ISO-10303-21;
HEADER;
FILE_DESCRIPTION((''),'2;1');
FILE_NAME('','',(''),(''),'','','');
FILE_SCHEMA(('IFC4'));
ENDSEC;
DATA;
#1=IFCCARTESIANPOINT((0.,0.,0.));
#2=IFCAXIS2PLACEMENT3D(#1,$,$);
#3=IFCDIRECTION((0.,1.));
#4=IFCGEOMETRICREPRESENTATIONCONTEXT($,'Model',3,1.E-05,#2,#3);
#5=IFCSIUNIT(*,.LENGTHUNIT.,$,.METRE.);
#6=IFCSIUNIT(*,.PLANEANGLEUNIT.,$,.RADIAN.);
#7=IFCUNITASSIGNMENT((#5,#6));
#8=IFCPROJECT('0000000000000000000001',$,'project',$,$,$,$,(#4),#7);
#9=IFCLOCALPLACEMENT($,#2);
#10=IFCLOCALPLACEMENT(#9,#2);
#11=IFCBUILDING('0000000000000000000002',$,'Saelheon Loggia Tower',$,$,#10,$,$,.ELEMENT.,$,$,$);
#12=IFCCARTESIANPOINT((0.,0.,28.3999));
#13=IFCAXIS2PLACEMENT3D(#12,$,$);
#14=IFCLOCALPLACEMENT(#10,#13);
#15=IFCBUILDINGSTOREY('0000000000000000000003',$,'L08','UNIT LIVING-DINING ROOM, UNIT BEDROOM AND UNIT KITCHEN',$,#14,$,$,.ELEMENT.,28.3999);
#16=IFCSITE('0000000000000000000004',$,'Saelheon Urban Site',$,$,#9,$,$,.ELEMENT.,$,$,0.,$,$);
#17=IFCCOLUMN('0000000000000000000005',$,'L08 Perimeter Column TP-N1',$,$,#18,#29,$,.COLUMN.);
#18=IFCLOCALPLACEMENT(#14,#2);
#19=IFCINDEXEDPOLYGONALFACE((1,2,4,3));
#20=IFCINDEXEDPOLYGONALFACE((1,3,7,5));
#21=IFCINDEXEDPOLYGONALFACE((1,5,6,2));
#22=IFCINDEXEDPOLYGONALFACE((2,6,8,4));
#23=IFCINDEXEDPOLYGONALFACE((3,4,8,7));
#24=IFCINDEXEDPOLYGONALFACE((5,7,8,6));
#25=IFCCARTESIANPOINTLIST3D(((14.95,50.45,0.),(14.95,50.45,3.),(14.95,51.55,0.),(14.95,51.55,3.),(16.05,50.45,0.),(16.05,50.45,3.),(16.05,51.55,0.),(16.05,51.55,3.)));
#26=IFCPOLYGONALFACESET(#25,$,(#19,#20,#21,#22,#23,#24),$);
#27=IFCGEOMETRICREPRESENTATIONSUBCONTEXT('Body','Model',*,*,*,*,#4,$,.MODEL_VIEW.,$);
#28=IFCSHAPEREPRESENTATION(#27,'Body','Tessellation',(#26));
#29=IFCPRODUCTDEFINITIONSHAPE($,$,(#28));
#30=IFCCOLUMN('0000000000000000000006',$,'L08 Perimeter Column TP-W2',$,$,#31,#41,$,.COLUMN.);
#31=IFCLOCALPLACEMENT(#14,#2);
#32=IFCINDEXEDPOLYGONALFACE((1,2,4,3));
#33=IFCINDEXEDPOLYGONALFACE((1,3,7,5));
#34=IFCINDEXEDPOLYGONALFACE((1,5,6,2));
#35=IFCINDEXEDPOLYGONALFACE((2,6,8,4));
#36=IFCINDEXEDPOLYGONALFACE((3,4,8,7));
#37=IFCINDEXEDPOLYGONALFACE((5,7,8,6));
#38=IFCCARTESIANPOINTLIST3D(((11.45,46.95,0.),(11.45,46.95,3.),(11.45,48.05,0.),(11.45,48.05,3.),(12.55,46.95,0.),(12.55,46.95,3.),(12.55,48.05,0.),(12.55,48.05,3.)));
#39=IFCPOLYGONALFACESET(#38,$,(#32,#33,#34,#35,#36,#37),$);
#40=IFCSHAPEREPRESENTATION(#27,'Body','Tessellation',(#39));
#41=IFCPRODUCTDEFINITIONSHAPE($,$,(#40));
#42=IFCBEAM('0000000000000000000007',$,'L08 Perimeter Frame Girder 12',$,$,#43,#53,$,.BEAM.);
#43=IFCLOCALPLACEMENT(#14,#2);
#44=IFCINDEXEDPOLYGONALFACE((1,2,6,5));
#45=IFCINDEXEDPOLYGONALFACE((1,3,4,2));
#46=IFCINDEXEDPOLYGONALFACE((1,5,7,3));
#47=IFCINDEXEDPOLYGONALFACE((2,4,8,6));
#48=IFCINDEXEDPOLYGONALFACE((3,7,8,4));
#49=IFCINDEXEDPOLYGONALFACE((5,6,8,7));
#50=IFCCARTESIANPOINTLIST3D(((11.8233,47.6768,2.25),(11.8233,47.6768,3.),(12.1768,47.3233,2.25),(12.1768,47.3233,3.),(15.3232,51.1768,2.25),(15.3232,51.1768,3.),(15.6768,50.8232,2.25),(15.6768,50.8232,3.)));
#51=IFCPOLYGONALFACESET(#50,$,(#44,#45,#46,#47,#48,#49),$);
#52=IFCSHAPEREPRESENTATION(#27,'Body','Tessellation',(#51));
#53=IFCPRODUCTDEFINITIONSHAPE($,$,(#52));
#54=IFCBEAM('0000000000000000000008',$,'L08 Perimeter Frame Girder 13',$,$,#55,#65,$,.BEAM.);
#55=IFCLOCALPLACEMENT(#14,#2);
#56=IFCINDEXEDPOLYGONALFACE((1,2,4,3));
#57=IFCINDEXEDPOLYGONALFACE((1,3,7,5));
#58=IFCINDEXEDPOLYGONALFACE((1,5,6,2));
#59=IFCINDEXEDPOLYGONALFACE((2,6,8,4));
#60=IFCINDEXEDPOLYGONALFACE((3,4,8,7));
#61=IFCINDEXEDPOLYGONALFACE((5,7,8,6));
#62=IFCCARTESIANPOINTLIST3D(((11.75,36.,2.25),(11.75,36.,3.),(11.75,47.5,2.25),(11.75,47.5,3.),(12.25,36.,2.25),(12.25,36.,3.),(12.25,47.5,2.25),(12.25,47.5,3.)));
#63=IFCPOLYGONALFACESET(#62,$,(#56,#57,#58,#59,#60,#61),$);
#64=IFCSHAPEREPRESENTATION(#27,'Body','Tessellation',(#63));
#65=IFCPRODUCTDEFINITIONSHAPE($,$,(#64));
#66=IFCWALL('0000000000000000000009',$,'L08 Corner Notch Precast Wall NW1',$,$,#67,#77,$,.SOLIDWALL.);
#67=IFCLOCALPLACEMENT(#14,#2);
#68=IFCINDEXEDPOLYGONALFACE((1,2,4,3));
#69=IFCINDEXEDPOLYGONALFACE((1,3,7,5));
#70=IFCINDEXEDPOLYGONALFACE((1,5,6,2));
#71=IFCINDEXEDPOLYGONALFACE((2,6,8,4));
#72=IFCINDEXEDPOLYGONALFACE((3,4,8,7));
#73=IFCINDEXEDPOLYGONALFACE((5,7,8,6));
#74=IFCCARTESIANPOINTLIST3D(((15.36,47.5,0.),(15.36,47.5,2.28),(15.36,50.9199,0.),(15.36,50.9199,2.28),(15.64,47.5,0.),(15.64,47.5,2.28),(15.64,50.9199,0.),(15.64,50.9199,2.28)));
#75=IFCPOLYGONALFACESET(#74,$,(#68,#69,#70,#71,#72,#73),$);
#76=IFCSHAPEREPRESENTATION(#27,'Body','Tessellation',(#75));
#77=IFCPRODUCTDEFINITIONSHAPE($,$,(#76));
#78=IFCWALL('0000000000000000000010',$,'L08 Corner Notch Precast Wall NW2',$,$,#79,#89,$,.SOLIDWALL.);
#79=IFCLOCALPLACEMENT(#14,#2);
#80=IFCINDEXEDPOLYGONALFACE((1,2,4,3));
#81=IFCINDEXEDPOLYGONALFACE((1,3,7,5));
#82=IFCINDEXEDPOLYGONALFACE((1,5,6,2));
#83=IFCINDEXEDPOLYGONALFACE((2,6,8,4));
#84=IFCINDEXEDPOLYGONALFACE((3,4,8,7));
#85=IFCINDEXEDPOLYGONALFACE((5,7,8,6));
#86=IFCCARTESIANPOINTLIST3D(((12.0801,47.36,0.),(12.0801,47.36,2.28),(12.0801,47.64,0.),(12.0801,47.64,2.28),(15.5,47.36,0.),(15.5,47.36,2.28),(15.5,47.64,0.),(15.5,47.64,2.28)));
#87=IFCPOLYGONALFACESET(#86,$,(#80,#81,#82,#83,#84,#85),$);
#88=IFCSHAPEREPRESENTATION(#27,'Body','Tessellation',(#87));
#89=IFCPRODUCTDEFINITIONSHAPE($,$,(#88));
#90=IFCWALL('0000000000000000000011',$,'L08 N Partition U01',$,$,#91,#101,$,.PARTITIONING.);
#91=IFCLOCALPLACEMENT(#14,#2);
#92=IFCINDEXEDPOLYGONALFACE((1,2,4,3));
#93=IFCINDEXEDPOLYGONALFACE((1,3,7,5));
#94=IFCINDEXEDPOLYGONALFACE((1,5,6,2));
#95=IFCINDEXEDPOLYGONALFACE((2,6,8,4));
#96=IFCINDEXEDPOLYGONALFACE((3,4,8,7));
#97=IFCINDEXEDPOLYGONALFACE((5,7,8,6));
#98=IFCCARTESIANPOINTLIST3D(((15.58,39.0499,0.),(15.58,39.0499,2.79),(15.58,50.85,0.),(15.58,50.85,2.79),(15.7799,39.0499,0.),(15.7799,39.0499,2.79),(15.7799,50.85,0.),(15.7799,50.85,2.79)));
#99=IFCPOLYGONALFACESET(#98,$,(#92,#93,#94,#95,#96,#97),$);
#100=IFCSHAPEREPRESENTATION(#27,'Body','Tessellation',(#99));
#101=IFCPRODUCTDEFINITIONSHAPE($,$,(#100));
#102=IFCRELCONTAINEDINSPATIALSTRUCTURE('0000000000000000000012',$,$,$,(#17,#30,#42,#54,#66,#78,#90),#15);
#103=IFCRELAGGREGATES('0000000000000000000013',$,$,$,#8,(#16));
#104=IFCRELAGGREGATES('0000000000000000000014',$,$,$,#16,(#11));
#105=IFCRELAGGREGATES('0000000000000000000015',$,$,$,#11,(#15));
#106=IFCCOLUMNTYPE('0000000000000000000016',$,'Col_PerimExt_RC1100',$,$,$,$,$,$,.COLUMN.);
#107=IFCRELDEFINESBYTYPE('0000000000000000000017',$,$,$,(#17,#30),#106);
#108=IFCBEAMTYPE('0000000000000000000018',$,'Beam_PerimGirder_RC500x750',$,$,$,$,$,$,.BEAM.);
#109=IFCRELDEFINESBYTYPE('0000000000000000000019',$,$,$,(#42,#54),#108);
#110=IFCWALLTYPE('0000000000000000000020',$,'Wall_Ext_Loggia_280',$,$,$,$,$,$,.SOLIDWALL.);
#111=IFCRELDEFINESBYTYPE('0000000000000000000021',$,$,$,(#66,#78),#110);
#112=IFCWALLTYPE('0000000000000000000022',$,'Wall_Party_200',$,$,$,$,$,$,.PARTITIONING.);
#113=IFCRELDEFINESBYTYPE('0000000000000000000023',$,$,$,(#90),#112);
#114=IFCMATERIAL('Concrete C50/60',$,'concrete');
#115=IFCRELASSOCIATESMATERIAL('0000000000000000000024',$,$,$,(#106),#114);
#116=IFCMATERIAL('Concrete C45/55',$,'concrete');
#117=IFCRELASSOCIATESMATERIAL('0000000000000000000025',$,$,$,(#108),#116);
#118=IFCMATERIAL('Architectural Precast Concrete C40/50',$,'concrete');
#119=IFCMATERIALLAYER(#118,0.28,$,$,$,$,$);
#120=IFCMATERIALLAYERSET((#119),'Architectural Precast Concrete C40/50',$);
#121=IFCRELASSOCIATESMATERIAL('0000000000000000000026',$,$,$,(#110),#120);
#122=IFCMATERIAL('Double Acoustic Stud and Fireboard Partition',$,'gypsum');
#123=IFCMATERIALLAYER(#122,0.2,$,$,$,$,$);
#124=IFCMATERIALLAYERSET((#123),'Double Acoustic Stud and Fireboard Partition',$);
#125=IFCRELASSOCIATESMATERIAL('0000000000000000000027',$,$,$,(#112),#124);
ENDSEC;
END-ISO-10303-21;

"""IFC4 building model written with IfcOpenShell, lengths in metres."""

from ifc_helpers import new_model, si_unit, direction, frame, frame_2d, origin, origin_2d, place, context, subcontext, project, spatial, rectangle, extrude, source, transform, mapped, material, layer, layer_set, material_profile, profile_set, type_object, element, save


model = new_model("IFC4")

# Units and contexts
model_context = context("Model", 3, precision=1e-05, world=origin(), true_north=direction((0.0, 1.0)))
body_context = subcontext(model_context, "Body", "Model", "MODEL_VIEW")
ifc_project = project(units=[si_unit("LENGTHUNIT", "METRE"), si_unit("PLANEANGLEUNIT", "RADIAN")], contexts=[model_context])

# Site, building, storey
site_placement = place(None, origin())
site = spatial("IfcSite", under=ifc_project, at=site_placement, Name="Saelheon Urban Site", CompositionType="ELEMENT", RefElevation=0.0)
building_placement = place(site_placement, origin())
building = spatial("IfcBuilding", under=site, at=building_placement, Name="Saelheon Loggia Tower", CompositionType="ELEMENT")
storey_placement = place(building_placement, frame((0.0, 0.0, 28.3999)))
storey = spatial("IfcBuildingStorey", under=building, at=storey_placement, Name="L08", Description="UNIT LIVING-DINING ROOM, UNIT BEDROOM AND UNIT KITCHEN", CompositionType="ELEMENT", Elevation=28.3999)

# Columns
ifc_material_1 = material(Name="Concrete C50/60", Category="concrete")
ifc_material_profile_1 = material_profile(ifc_material_1, rectangle(XDim=1.1001, YDim=1.1001, at=origin_2d()), Name="RC-1100x1100")
ifc_profile_set_1 = profile_set([ifc_material_profile_1], Name="Concrete C50/60")
column_type = type_object("IfcColumnType", Name="Col_PerimExt_RC1100", PredefinedType="COLUMN", material=ifc_profile_set_1)
shared_shape_1 = source(origin(), body_context, "Body", "SweptSolid", [
    extrude(rectangle(XDim=1.1001, YDim=1.1001, at=origin_2d()), origin(), (0.0, 0.0, 1.0), 3.0),
])
for number, where, z_axis, x_axis, name in (
    (1, (15.5, 51.0, 0.0), (0.0, 0.0, 1.0), (1.0, 0.0, 0.0), "L08 Perimeter Column TP-N1"),
    (2, (12.0, 47.5, 0.0), (0.0, 0.0, 1.0), (1.0, 0.0, 0.0), "L08 Perimeter Column TP-W2"),
):
    element("IfcColumn", number, at=place(storey_placement, frame(where, z_axis=z_axis, x_axis=x_axis)), inside=storey, type_object=column_type, Name=name, PredefinedType="COLUMN", context=body_context, shape_type="MappedRepresentation", body=[
        mapped(shared_shape_1, transform((0.0, 0.0, 0.0), scale=1.0)),
    ])

# Beams
ifc_material_2 = material(Name="Concrete C45/55", Category="concrete")
ifc_material_profile_2 = material_profile(ifc_material_2, rectangle(XDim=0.5, YDim=0.75, at=origin_2d()), Name="RC-500x750")
ifc_profile_set_2 = profile_set([ifc_material_profile_2], Name="Concrete C45/55")
beam_type = type_object("IfcBeamType", Name="Beam_PerimGirder_RC500x750", PredefinedType="BEAM", material=ifc_profile_set_2)
shared_shape_2 = source(origin(), body_context, "Body", "SweptSolid", [
    extrude(rectangle(XDim=0.5, YDim=0.75, at=origin_2d()), origin(), (0.0, 0.0, 1.0), 4.9497),
])
beam_1_placement = place(storey_placement, frame((15.5, 51.0, 2.625), z_axis=(-0.707107, -0.707107, 0.0), x_axis=(0.707107, -0.707107, 0.0)))
element("IfcBeam", 3, at=beam_1_placement, inside=storey, type_object=beam_type, Name="L08 Perimeter Frame Girder 12", PredefinedType="BEAM", context=body_context, shape_type="MappedRepresentation", body=[
    mapped(shared_shape_2, transform((0.0, 0.0, 0.0), scale=1.0)),
])
shared_shape_3 = source(origin(), body_context, "Body", "SweptSolid", [
    extrude(rectangle(XDim=0.5, YDim=0.75, at=origin_2d()), origin(), (0.0, 0.0, 1.0), 11.5),
])
beam_2_placement = place(storey_placement, frame((12.0, 47.5, 2.625), z_axis=(0.0, -1.0, 0.0), x_axis=(1.0, 0.0, 0.0)))
element("IfcBeam", 4, at=beam_2_placement, inside=storey, type_object=beam_type, Name="L08 Perimeter Frame Girder 13", PredefinedType="BEAM", context=body_context, shape_type="MappedRepresentation", body=[
    mapped(shared_shape_3, transform((0.0, 0.0, 0.0), scale=1.0)),
])

# Shared definitions
ifc_material_3 = material(Name="Architectural Precast Concrete C40/50", Category="concrete")
ifc_layer_1 = layer(ifc_material_3, 0.28)
ifc_layer_set_1 = layer_set([ifc_layer_1], Name="Architectural Precast Concrete C40/50")
wall_type_1 = type_object("IfcWallType", Name="Wall_Ext_Loggia_280", PredefinedType="SOLIDWALL", material=ifc_layer_set_1)

# Walls
for number, where, z_axis, x_axis, name in (
    (5, (15.5, 47.5, 0.0), (0.0, 0.0, 1.0), (0.0, 1.0, 0.0), "L08 Corner Notch Precast Wall NW1"),
    (6, (12.0801, 47.5, 0.0), (0.0, 0.0, 1.0), (1.0, 0.0, 0.0), "L08 Corner Notch Precast Wall NW2"),
):
    element("IfcWall", number, at=place(storey_placement, frame(where, z_axis=z_axis, x_axis=x_axis)), inside=storey, type_object=wall_type_1, Name=name, PredefinedType="SOLIDWALL", context=body_context, shape_type="SweptSolid", body=[
        extrude(rectangle(XDim=3.4199, YDim=0.28, at=frame_2d((1.71, 0.0))), origin(), (0.0, 0.0, 1.0), 2.28),
    ])
ifc_material_4 = material(Name="Double Acoustic Stud and Fireboard Partition", Category="gypsum")
ifc_layer_2 = layer(ifc_material_4, 0.2)
ifc_layer_set_2 = layer_set([ifc_layer_2], Name="Double Acoustic Stud and Fireboard Partition")
wall_type_2 = type_object("IfcWallType", Name="Wall_Party_200", PredefinedType="PARTITIONING", material=ifc_layer_set_2)
wall_1_placement = place(storey_placement, frame((15.6799, 39.05, 0.0), z_axis=(0.0, 0.0, 1.0), x_axis=(0.0, 1.0, 0.0)))
element("IfcWall", 7, at=wall_1_placement, inside=storey, type_object=wall_type_2, Name="L08 N Partition U01", PredefinedType="PARTITIONING", context=body_context, shape_type="SweptSolid", body=[
    extrude(rectangle(XDim=11.8, YDim=0.2, at=frame_2d((5.8999, 0.0))), origin(), (0.0, 0.0, 1.0), 2.79),
])

save(model, "model.ifc")
